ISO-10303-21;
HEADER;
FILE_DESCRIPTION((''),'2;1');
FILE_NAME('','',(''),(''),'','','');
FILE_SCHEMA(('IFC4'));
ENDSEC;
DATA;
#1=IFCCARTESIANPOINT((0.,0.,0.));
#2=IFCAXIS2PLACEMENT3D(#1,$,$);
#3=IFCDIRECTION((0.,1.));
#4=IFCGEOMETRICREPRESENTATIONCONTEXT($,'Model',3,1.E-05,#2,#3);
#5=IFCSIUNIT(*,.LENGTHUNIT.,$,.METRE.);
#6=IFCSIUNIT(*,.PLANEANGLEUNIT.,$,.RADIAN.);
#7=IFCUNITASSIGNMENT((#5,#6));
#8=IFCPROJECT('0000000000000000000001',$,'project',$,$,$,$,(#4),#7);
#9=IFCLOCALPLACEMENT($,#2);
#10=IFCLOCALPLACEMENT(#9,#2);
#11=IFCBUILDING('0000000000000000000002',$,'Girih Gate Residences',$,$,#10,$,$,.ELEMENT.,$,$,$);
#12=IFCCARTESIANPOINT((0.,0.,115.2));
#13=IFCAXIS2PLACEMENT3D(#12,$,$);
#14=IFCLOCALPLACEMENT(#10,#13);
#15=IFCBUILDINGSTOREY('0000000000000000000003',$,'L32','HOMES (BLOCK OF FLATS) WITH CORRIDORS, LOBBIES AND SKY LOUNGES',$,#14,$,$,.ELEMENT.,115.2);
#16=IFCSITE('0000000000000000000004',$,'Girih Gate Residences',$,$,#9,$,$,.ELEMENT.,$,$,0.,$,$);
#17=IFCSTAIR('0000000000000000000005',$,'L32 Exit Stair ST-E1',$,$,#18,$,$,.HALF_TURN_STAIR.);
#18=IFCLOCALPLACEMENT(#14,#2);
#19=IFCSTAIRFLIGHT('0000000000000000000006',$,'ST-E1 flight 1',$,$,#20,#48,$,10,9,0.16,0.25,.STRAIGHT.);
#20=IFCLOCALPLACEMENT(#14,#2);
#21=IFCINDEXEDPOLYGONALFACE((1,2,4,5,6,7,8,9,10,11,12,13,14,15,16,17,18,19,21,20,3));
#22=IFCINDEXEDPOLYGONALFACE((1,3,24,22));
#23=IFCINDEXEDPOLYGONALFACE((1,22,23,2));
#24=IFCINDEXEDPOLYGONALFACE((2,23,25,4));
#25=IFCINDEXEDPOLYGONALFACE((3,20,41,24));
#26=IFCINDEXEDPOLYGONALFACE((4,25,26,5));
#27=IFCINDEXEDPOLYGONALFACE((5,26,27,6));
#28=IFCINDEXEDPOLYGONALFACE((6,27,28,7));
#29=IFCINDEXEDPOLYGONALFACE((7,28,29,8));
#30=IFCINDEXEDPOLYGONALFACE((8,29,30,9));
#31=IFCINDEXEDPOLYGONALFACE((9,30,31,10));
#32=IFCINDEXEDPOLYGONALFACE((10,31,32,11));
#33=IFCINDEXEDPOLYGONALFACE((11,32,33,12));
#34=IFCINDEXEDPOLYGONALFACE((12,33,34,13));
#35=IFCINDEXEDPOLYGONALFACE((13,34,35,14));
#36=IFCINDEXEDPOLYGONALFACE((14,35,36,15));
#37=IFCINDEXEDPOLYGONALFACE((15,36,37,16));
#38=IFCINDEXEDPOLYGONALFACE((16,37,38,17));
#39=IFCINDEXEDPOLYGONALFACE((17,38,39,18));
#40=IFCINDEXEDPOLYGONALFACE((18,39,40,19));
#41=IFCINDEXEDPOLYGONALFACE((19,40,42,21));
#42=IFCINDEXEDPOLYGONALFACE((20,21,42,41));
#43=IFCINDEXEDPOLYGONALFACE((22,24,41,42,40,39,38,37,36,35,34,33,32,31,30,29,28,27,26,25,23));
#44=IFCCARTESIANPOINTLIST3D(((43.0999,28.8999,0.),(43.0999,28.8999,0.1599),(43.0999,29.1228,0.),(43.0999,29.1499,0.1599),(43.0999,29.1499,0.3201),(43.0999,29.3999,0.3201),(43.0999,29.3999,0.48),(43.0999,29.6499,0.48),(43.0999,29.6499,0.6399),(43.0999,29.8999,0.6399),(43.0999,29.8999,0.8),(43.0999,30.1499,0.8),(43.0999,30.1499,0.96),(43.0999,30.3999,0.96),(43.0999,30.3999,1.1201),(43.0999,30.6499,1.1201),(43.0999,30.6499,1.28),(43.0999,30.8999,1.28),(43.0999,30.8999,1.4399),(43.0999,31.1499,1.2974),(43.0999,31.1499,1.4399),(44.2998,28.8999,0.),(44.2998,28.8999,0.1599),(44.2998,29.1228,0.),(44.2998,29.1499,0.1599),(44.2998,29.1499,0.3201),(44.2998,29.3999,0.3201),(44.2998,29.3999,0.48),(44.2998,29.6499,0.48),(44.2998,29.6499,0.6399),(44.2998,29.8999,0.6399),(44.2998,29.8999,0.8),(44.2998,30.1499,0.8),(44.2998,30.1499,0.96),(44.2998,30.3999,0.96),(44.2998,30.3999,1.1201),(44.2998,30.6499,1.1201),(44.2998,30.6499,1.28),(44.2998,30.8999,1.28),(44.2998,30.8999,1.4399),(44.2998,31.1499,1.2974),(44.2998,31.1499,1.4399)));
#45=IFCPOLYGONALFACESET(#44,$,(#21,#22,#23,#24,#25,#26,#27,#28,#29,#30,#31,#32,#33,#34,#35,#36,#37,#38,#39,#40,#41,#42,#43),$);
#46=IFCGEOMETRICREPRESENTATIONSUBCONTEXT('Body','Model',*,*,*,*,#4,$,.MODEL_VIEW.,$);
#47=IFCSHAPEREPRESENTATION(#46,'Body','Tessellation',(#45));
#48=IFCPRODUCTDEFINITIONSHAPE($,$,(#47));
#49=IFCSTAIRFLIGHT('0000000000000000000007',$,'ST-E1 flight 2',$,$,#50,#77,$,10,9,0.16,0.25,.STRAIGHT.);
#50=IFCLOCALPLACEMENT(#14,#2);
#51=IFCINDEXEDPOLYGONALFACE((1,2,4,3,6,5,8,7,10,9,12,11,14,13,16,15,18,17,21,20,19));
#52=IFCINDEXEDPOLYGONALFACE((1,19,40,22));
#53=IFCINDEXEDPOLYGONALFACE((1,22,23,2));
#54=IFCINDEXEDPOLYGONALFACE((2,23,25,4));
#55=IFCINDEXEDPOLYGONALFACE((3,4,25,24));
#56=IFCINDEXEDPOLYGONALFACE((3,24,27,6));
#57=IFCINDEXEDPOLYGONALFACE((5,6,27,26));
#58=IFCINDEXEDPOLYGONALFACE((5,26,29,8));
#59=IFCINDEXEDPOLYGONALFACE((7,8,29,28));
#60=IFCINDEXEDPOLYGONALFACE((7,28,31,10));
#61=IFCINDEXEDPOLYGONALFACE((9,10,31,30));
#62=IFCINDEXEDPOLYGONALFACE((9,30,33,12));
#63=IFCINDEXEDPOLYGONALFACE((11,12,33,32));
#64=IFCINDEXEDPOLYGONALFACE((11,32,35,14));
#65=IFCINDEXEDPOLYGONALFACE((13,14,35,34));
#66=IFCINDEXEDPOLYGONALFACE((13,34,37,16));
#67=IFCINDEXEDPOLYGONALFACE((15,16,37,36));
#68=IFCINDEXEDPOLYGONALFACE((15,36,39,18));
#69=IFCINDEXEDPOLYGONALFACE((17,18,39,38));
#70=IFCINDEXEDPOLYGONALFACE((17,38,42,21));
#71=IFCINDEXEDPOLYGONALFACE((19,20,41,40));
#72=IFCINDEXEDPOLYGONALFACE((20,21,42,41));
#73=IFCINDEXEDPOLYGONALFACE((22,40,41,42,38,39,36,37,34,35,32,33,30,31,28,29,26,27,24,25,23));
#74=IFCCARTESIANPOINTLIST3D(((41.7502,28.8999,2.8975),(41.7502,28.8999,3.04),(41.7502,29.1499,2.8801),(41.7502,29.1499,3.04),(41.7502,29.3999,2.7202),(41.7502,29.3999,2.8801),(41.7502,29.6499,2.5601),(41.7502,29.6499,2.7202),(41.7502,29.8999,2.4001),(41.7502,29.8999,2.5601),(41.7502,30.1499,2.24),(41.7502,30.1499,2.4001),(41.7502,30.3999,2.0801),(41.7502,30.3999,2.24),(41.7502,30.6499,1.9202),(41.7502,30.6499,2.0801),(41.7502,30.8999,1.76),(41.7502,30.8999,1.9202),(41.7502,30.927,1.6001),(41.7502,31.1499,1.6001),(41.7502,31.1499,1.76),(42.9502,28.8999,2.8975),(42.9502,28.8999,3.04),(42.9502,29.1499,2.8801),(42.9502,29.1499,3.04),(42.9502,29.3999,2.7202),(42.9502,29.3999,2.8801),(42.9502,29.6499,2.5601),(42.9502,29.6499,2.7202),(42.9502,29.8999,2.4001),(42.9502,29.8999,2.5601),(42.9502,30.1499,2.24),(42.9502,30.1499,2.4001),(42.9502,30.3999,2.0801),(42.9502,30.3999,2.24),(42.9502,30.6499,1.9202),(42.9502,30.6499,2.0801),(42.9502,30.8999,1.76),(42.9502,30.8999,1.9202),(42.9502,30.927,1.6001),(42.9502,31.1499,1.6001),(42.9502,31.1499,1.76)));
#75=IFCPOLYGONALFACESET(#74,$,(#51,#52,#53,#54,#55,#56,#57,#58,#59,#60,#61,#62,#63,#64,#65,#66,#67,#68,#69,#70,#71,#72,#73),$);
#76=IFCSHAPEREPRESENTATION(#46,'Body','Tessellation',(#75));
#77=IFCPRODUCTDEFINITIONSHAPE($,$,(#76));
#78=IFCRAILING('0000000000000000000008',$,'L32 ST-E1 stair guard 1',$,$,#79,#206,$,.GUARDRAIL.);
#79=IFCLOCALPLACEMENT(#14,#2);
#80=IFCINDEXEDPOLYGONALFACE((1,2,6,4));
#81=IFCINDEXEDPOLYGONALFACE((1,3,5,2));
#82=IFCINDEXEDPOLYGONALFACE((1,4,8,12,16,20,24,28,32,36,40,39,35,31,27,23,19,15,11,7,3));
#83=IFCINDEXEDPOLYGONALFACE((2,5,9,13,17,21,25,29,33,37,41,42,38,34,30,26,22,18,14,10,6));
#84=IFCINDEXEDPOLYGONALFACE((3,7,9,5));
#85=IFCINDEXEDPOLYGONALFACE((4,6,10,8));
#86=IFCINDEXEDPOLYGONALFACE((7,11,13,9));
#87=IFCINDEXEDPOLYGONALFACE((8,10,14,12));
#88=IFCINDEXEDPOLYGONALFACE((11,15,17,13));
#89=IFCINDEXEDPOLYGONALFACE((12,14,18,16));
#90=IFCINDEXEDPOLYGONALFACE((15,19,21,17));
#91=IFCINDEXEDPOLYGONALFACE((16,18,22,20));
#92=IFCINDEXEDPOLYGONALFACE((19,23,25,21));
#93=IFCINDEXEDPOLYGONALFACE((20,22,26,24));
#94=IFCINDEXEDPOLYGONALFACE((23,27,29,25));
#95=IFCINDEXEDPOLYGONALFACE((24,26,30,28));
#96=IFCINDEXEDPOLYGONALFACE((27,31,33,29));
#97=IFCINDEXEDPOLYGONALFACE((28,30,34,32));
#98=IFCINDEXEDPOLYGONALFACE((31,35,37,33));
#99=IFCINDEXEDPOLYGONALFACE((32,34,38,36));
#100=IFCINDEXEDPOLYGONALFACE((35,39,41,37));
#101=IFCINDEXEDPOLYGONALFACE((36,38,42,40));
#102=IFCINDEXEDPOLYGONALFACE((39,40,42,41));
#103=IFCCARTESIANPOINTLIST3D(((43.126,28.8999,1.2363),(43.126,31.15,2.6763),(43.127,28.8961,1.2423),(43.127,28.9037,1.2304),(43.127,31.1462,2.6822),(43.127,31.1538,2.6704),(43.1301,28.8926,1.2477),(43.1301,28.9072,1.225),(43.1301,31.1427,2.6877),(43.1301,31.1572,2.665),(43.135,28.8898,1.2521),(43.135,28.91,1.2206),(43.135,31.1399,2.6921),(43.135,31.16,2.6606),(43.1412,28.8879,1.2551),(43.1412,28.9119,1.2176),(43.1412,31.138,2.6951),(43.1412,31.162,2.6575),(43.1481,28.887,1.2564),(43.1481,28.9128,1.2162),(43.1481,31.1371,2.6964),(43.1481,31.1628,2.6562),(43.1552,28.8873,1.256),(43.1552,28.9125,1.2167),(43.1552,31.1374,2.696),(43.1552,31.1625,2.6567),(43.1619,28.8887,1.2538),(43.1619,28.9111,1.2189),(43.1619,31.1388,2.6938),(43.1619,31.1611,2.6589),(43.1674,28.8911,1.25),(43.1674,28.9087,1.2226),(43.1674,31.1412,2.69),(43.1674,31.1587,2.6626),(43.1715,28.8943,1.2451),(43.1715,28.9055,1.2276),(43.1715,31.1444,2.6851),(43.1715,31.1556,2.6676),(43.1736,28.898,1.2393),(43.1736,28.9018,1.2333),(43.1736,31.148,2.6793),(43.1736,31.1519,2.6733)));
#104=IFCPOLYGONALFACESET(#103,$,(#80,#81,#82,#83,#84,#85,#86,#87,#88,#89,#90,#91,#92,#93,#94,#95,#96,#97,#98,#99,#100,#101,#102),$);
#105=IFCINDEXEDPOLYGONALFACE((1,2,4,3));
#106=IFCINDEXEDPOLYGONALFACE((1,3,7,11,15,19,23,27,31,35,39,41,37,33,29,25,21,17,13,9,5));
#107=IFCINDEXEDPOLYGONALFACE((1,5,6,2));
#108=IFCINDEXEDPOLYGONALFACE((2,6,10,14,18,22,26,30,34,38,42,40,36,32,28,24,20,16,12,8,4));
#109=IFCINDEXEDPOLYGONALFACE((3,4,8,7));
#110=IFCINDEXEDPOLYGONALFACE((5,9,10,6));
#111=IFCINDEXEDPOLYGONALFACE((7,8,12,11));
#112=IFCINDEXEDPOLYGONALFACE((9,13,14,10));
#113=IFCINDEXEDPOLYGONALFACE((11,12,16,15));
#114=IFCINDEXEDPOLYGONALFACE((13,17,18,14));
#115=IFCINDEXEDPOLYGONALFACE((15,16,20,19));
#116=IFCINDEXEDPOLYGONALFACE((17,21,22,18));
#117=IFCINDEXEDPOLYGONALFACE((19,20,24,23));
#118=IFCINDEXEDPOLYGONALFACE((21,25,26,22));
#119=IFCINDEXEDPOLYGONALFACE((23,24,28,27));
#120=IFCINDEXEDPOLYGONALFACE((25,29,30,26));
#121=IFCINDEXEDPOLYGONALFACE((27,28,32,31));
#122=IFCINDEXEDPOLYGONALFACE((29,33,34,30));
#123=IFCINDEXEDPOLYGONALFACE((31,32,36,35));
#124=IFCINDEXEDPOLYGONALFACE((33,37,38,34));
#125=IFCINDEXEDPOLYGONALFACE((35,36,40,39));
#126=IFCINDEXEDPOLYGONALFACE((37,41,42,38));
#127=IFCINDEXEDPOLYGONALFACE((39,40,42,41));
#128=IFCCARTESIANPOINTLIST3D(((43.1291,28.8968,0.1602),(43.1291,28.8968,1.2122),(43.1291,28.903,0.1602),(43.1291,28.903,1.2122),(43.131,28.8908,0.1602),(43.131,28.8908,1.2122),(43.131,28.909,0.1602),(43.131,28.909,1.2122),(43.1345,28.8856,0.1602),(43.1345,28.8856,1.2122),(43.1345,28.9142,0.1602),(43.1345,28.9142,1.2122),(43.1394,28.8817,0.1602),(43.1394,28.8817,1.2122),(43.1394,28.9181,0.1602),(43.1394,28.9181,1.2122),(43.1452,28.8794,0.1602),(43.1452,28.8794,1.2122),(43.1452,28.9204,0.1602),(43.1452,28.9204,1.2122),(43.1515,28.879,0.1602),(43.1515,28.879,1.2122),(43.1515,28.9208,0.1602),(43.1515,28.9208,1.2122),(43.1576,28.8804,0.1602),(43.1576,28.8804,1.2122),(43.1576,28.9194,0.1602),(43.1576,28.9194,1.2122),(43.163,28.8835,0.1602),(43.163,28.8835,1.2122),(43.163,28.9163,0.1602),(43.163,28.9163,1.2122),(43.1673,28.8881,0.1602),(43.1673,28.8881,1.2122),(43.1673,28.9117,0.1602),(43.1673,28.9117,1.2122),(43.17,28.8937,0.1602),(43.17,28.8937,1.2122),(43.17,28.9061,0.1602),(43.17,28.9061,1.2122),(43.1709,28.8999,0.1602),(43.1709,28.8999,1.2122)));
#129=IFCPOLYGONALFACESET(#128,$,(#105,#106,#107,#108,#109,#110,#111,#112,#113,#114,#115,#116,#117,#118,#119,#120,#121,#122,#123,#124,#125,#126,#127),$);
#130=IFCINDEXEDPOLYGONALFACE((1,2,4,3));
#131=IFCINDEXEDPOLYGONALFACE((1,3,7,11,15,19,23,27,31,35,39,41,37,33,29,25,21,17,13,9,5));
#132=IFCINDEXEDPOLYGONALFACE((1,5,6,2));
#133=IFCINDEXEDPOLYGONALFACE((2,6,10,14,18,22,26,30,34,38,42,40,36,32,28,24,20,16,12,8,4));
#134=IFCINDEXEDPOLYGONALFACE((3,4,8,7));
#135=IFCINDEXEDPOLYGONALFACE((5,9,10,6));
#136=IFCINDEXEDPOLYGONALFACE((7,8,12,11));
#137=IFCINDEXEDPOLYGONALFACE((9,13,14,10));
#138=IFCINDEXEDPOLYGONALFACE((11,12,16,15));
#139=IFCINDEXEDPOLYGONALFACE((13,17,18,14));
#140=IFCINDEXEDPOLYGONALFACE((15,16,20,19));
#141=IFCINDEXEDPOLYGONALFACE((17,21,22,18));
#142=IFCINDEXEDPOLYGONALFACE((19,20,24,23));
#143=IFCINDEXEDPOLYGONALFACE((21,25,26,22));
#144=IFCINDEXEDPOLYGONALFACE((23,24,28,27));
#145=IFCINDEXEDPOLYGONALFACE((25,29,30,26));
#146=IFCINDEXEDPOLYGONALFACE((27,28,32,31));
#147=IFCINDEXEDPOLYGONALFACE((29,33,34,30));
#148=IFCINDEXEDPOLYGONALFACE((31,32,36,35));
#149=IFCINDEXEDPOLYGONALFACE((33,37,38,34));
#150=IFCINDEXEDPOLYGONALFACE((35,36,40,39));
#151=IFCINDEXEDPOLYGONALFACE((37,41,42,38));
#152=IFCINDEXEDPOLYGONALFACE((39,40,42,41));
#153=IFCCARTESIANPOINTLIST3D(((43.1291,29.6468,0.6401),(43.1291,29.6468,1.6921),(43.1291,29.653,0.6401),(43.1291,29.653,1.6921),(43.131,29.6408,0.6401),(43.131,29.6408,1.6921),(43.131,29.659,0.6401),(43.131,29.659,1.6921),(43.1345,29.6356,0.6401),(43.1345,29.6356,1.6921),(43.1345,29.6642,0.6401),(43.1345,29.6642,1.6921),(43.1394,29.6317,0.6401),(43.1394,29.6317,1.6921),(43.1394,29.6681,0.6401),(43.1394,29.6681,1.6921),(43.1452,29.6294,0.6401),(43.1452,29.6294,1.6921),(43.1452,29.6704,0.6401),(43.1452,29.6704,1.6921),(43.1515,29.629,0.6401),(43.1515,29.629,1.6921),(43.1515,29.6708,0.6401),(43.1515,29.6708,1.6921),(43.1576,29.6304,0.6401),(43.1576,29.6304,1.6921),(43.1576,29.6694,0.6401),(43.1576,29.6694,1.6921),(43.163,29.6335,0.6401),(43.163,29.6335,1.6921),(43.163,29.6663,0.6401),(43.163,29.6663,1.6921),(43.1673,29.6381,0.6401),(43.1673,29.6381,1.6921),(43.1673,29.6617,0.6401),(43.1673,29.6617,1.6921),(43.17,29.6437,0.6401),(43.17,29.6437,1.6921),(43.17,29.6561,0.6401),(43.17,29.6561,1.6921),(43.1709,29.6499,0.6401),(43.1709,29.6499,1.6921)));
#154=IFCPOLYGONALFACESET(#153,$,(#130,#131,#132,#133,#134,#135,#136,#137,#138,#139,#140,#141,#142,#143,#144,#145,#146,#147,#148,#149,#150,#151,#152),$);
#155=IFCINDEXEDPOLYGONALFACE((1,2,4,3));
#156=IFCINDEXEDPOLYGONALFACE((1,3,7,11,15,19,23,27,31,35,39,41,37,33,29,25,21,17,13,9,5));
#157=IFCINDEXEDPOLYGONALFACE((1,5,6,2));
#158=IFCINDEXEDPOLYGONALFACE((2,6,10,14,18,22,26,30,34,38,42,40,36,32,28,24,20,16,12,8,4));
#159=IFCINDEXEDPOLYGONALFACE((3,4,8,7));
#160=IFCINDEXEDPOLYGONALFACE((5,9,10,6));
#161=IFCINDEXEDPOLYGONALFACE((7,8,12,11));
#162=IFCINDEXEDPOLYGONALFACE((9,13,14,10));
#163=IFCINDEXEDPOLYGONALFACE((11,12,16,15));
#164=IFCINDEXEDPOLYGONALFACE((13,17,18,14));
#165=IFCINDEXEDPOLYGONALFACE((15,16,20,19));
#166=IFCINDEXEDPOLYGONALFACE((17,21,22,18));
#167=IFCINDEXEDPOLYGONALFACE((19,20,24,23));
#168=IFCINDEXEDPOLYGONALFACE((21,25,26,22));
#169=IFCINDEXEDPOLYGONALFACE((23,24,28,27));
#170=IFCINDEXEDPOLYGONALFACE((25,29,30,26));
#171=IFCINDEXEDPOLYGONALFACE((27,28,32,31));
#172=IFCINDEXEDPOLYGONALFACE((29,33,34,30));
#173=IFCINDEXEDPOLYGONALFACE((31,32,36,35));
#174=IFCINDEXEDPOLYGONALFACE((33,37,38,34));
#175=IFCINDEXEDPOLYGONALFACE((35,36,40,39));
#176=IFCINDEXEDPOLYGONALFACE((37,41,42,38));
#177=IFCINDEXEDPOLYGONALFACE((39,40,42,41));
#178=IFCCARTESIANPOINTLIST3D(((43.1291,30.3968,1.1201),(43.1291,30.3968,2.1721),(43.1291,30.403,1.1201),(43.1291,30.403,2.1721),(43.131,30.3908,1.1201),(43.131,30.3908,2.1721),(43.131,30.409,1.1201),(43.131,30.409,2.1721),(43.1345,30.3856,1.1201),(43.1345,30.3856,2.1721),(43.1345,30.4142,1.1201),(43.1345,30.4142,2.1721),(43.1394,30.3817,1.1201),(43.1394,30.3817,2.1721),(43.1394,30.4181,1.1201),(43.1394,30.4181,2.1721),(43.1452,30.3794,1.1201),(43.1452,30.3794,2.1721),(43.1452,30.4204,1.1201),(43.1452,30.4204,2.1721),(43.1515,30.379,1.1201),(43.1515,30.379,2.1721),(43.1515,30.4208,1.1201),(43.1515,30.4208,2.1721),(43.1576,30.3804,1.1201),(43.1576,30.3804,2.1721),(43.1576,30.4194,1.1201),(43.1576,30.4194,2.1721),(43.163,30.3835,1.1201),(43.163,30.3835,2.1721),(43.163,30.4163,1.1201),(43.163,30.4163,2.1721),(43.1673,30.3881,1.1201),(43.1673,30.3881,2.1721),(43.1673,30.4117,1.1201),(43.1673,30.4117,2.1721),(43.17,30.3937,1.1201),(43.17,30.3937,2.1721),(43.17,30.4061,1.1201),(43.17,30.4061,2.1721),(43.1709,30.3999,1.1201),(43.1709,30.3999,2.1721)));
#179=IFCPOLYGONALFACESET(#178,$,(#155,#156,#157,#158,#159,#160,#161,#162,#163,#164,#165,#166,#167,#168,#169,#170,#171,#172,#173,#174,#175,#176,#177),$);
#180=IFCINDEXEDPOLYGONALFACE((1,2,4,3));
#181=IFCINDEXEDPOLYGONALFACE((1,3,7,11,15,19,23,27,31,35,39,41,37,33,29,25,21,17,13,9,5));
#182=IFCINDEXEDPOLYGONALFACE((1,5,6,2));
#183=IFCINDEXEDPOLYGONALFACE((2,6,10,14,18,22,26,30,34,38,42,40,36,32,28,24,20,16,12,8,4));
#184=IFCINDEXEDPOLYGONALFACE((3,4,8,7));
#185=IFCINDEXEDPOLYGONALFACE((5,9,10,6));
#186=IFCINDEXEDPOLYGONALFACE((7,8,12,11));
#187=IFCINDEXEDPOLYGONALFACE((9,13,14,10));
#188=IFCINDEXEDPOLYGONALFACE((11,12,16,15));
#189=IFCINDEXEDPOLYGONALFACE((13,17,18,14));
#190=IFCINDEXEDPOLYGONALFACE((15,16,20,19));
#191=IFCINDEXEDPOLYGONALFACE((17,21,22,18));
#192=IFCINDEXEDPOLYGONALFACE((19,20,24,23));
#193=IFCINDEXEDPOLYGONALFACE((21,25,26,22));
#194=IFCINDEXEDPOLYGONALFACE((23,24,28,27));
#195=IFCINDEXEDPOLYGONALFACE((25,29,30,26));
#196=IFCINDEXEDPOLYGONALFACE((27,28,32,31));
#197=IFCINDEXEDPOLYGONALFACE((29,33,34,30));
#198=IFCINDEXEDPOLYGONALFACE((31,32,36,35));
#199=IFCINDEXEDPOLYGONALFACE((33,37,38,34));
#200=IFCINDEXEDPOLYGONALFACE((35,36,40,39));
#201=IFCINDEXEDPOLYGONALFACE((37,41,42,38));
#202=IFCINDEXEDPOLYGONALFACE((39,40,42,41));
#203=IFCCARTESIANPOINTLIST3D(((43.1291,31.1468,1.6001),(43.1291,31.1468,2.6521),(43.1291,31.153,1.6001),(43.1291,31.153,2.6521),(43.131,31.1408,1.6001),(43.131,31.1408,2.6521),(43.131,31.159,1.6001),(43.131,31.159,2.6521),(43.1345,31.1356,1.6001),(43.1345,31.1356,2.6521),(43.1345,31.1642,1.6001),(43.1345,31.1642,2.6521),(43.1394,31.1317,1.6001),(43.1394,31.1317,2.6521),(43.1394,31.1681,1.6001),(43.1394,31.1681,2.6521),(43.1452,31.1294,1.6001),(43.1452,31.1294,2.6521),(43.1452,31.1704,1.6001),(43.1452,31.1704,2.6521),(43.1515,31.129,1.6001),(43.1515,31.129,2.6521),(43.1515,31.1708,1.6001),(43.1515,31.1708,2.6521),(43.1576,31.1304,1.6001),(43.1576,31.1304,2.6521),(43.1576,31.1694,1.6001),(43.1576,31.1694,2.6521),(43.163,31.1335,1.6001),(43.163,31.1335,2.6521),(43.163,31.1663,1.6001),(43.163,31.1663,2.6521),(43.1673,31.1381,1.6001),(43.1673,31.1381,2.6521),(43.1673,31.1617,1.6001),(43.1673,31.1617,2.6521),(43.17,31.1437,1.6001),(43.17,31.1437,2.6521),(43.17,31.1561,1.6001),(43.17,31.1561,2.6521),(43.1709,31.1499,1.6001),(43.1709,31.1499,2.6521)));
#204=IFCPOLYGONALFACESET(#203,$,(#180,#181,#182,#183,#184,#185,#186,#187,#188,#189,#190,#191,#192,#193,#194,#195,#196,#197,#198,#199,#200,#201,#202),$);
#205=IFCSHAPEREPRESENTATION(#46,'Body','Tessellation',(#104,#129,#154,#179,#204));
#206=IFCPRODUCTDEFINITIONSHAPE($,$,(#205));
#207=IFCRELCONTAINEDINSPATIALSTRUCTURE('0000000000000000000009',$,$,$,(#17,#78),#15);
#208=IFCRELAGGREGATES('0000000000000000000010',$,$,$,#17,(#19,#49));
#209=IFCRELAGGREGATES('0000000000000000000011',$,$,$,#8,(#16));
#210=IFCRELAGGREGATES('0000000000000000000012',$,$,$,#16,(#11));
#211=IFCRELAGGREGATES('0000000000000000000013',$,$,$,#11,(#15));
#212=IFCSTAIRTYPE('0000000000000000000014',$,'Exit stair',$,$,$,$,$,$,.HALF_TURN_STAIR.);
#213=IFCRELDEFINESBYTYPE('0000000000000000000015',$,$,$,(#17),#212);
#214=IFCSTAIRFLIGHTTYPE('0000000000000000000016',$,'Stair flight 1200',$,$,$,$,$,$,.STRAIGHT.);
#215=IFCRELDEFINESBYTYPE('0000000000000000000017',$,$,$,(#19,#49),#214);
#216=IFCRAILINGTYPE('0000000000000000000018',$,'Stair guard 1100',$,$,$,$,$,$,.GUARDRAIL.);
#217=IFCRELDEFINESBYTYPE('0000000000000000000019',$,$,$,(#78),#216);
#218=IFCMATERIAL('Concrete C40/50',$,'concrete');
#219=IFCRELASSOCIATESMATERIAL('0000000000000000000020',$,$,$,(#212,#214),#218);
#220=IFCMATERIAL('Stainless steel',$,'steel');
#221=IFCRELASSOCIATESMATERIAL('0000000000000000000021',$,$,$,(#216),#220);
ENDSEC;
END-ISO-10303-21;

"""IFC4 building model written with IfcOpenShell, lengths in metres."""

from ifc_helpers import new_model, si_unit, direction, frame, origin, origin_2d, place, context, subcontext, project, spatial, polyline, circle, outline, extrude, material, type_object, element, aggregate, save


model = new_model("IFC4")

# Units and contexts
model_context = context("Model", 3, precision=1e-05, world=origin(), true_north=direction((0.0, 1.0)))
body_context = subcontext(model_context, "Body", "Model", "MODEL_VIEW")
ifc_project = project(units=[si_unit("LENGTHUNIT", "METRE"), si_unit("PLANEANGLEUNIT", "RADIAN")], contexts=[model_context])

# Site, building, storey
site_placement = place(None, origin())
site = spatial("IfcSite", under=ifc_project, at=site_placement, Name="Girih Gate Residences", CompositionType="ELEMENT", RefElevation=0.0)
building_placement = place(site_placement, origin())
building = spatial("IfcBuilding", under=site, at=building_placement, Name="Girih Gate Residences", CompositionType="ELEMENT")
storey_placement = place(building_placement, frame((0.0, 0.0, 115.2)))
storey = spatial("IfcBuildingStorey", under=building, at=storey_placement, Name="L32", Description="HOMES (BLOCK OF FLATS) WITH CORRIDORS, LOBBIES AND SKY LOUNGES", CompositionType="ELEMENT", Elevation=115.2)

# Shared definitions
ifc_material_1 = material(Name="Concrete C40/50", Category="concrete")

# Stair, stair flights
stair_type = type_object("IfcStairType", Name="Exit stair", PredefinedType="HALF_TURN_STAIR", material=ifc_material_1)
stair_placement = place(storey_placement, origin())
stair = element("IfcStair", 1, at=stair_placement, inside=storey, type_object=stair_type, Name="L32 Exit Stair ST-E1", PredefinedType="HALF_TURN_STAIR")
stair_flight_type = type_object("IfcStairFlightType", Name="Stair flight 1200", PredefinedType="STRAIGHT", material=ifc_material_1)
stair_flight_1_placement = place(storey_placement, frame((43.7, 28.8999, 0.0), z_axis=(0.0, 0.0, 1.0), x_axis=(0.0, 1.0, 0.0)))
stair_flight_1 = element("IfcStairFlight", 2, at=stair_flight_1_placement, type_object=stair_flight_type, Name="ST-E1 flight 1", NumberOfRisers=10, NumberOfTreads=9, PredefinedType="STRAIGHT", RiserHeight=0.16, TreadLength=0.25, context=body_context, shape_type="SweptSolid", body=[
    extrude(outline(polyline([(0.0, 0.0), (0.0, 0.1599), (0.25, 0.1599), (0.25, 0.3201), (0.5, 0.3201), (0.5, 0.48), (0.75, 0.48), (0.75, 0.6399), (1.0, 0.6399), (1.0, 0.8), (1.25, 0.8), (1.25, 0.96), (1.5, 0.96), (1.5, 1.1201), (1.75, 1.1201), (1.75, 1.28), (2.0, 1.28), (2.0, 1.4399), (2.25, 1.4399), (2.25, 1.6001), (2.25, 1.2974), (0.2229, 0.0), (0.0, 0.0)])), frame((0.0, 0.6001, 0.0), z_axis=(0.0, -1.0, 0.0), x_axis=(1.0, 0.0, 0.0)), (0.0, 0.0, 1.0), 1.2),
])
stair_flight_2_placement = place(storey_placement, frame((42.3501, 31.1499, 1.6001), z_axis=(0.0, 0.0, 1.0), x_axis=(0.0, -1.0, 0.0)))
stair_flight_2 = element("IfcStairFlight", 3, at=stair_flight_2_placement, type_object=stair_flight_type, Name="ST-E1 flight 2", NumberOfRisers=10, NumberOfTreads=9, PredefinedType="STRAIGHT", RiserHeight=0.16, TreadLength=0.25, context=body_context, shape_type="SweptSolid", body=[
    extrude(outline(polyline([(0.0, 0.0), (0.0, 0.1599), (0.25, 0.1599), (0.25, 0.3201), (0.5, 0.3201), (0.5, 0.48), (0.75, 0.48), (0.75, 0.6399), (1.0, 0.6399), (1.0, 0.8), (1.25, 0.8), (1.25, 0.96), (1.5, 0.96), (1.5, 1.1201), (1.75, 1.1201), (1.75, 1.28), (2.0, 1.28), (2.0, 1.4399), (2.25, 1.4399), (2.25, 1.6001), (2.25, 1.2974), (0.2229, 0.0), (0.0, 0.0)])), frame((0.0, 0.6001, 0.0), z_axis=(0.0, -1.0, 0.0), x_axis=(1.0, 0.0, 0.0)), (0.0, 0.0, 1.0), 1.2),
])
aggregate(stair, [stair_flight_1, stair_flight_2])

# Railing
ifc_material_2 = material(Name="Stainless steel", Category="steel")
railing_type_1 = type_object("IfcRailingType", Name="Stair guard 1100", PredefinedType="GUARDRAIL", material=ifc_material_2)
railing_1_placement = place(storey_placement, frame((43.1499, 28.8999, 0.1602)))
element("IfcRailing", 4, at=railing_1_placement, inside=storey, type_object=railing_type_1, Name="L32 ST-E1 stair guard 1", PredefinedType="GUARDRAIL", context=body_context, shape_type="SweptSolid", body=[
    extrude(circle(Radius=0.0239, at=origin_2d()), frame((0.0, 0.0, 1.0762), z_axis=(0.0, 0.842281, 0.539038), x_axis=(-1.0, 0.0, 0.0)), (0.0, 0.0, 1.0), 2.6714),
    extrude(circle(Radius=0.021, at=origin_2d()), origin(), (0.0, 0.0, 1.0), 1.052),
    extrude(circle(Radius=0.021, at=origin_2d()), frame((0.0, 0.75, 0.48)), (0.0, 0.0, 1.0), 1.052),
    extrude(circle(Radius=0.021, at=origin_2d()), frame((0.0, 1.5, 0.96)), (0.0, 0.0, 1.0), 1.052),
    extrude(circle(Radius=0.021, at=origin_2d()), frame((0.0, 2.25, 1.4399)), (0.0, 0.0, 1.0), 1.052),
])

save(model, "model.ifc")
